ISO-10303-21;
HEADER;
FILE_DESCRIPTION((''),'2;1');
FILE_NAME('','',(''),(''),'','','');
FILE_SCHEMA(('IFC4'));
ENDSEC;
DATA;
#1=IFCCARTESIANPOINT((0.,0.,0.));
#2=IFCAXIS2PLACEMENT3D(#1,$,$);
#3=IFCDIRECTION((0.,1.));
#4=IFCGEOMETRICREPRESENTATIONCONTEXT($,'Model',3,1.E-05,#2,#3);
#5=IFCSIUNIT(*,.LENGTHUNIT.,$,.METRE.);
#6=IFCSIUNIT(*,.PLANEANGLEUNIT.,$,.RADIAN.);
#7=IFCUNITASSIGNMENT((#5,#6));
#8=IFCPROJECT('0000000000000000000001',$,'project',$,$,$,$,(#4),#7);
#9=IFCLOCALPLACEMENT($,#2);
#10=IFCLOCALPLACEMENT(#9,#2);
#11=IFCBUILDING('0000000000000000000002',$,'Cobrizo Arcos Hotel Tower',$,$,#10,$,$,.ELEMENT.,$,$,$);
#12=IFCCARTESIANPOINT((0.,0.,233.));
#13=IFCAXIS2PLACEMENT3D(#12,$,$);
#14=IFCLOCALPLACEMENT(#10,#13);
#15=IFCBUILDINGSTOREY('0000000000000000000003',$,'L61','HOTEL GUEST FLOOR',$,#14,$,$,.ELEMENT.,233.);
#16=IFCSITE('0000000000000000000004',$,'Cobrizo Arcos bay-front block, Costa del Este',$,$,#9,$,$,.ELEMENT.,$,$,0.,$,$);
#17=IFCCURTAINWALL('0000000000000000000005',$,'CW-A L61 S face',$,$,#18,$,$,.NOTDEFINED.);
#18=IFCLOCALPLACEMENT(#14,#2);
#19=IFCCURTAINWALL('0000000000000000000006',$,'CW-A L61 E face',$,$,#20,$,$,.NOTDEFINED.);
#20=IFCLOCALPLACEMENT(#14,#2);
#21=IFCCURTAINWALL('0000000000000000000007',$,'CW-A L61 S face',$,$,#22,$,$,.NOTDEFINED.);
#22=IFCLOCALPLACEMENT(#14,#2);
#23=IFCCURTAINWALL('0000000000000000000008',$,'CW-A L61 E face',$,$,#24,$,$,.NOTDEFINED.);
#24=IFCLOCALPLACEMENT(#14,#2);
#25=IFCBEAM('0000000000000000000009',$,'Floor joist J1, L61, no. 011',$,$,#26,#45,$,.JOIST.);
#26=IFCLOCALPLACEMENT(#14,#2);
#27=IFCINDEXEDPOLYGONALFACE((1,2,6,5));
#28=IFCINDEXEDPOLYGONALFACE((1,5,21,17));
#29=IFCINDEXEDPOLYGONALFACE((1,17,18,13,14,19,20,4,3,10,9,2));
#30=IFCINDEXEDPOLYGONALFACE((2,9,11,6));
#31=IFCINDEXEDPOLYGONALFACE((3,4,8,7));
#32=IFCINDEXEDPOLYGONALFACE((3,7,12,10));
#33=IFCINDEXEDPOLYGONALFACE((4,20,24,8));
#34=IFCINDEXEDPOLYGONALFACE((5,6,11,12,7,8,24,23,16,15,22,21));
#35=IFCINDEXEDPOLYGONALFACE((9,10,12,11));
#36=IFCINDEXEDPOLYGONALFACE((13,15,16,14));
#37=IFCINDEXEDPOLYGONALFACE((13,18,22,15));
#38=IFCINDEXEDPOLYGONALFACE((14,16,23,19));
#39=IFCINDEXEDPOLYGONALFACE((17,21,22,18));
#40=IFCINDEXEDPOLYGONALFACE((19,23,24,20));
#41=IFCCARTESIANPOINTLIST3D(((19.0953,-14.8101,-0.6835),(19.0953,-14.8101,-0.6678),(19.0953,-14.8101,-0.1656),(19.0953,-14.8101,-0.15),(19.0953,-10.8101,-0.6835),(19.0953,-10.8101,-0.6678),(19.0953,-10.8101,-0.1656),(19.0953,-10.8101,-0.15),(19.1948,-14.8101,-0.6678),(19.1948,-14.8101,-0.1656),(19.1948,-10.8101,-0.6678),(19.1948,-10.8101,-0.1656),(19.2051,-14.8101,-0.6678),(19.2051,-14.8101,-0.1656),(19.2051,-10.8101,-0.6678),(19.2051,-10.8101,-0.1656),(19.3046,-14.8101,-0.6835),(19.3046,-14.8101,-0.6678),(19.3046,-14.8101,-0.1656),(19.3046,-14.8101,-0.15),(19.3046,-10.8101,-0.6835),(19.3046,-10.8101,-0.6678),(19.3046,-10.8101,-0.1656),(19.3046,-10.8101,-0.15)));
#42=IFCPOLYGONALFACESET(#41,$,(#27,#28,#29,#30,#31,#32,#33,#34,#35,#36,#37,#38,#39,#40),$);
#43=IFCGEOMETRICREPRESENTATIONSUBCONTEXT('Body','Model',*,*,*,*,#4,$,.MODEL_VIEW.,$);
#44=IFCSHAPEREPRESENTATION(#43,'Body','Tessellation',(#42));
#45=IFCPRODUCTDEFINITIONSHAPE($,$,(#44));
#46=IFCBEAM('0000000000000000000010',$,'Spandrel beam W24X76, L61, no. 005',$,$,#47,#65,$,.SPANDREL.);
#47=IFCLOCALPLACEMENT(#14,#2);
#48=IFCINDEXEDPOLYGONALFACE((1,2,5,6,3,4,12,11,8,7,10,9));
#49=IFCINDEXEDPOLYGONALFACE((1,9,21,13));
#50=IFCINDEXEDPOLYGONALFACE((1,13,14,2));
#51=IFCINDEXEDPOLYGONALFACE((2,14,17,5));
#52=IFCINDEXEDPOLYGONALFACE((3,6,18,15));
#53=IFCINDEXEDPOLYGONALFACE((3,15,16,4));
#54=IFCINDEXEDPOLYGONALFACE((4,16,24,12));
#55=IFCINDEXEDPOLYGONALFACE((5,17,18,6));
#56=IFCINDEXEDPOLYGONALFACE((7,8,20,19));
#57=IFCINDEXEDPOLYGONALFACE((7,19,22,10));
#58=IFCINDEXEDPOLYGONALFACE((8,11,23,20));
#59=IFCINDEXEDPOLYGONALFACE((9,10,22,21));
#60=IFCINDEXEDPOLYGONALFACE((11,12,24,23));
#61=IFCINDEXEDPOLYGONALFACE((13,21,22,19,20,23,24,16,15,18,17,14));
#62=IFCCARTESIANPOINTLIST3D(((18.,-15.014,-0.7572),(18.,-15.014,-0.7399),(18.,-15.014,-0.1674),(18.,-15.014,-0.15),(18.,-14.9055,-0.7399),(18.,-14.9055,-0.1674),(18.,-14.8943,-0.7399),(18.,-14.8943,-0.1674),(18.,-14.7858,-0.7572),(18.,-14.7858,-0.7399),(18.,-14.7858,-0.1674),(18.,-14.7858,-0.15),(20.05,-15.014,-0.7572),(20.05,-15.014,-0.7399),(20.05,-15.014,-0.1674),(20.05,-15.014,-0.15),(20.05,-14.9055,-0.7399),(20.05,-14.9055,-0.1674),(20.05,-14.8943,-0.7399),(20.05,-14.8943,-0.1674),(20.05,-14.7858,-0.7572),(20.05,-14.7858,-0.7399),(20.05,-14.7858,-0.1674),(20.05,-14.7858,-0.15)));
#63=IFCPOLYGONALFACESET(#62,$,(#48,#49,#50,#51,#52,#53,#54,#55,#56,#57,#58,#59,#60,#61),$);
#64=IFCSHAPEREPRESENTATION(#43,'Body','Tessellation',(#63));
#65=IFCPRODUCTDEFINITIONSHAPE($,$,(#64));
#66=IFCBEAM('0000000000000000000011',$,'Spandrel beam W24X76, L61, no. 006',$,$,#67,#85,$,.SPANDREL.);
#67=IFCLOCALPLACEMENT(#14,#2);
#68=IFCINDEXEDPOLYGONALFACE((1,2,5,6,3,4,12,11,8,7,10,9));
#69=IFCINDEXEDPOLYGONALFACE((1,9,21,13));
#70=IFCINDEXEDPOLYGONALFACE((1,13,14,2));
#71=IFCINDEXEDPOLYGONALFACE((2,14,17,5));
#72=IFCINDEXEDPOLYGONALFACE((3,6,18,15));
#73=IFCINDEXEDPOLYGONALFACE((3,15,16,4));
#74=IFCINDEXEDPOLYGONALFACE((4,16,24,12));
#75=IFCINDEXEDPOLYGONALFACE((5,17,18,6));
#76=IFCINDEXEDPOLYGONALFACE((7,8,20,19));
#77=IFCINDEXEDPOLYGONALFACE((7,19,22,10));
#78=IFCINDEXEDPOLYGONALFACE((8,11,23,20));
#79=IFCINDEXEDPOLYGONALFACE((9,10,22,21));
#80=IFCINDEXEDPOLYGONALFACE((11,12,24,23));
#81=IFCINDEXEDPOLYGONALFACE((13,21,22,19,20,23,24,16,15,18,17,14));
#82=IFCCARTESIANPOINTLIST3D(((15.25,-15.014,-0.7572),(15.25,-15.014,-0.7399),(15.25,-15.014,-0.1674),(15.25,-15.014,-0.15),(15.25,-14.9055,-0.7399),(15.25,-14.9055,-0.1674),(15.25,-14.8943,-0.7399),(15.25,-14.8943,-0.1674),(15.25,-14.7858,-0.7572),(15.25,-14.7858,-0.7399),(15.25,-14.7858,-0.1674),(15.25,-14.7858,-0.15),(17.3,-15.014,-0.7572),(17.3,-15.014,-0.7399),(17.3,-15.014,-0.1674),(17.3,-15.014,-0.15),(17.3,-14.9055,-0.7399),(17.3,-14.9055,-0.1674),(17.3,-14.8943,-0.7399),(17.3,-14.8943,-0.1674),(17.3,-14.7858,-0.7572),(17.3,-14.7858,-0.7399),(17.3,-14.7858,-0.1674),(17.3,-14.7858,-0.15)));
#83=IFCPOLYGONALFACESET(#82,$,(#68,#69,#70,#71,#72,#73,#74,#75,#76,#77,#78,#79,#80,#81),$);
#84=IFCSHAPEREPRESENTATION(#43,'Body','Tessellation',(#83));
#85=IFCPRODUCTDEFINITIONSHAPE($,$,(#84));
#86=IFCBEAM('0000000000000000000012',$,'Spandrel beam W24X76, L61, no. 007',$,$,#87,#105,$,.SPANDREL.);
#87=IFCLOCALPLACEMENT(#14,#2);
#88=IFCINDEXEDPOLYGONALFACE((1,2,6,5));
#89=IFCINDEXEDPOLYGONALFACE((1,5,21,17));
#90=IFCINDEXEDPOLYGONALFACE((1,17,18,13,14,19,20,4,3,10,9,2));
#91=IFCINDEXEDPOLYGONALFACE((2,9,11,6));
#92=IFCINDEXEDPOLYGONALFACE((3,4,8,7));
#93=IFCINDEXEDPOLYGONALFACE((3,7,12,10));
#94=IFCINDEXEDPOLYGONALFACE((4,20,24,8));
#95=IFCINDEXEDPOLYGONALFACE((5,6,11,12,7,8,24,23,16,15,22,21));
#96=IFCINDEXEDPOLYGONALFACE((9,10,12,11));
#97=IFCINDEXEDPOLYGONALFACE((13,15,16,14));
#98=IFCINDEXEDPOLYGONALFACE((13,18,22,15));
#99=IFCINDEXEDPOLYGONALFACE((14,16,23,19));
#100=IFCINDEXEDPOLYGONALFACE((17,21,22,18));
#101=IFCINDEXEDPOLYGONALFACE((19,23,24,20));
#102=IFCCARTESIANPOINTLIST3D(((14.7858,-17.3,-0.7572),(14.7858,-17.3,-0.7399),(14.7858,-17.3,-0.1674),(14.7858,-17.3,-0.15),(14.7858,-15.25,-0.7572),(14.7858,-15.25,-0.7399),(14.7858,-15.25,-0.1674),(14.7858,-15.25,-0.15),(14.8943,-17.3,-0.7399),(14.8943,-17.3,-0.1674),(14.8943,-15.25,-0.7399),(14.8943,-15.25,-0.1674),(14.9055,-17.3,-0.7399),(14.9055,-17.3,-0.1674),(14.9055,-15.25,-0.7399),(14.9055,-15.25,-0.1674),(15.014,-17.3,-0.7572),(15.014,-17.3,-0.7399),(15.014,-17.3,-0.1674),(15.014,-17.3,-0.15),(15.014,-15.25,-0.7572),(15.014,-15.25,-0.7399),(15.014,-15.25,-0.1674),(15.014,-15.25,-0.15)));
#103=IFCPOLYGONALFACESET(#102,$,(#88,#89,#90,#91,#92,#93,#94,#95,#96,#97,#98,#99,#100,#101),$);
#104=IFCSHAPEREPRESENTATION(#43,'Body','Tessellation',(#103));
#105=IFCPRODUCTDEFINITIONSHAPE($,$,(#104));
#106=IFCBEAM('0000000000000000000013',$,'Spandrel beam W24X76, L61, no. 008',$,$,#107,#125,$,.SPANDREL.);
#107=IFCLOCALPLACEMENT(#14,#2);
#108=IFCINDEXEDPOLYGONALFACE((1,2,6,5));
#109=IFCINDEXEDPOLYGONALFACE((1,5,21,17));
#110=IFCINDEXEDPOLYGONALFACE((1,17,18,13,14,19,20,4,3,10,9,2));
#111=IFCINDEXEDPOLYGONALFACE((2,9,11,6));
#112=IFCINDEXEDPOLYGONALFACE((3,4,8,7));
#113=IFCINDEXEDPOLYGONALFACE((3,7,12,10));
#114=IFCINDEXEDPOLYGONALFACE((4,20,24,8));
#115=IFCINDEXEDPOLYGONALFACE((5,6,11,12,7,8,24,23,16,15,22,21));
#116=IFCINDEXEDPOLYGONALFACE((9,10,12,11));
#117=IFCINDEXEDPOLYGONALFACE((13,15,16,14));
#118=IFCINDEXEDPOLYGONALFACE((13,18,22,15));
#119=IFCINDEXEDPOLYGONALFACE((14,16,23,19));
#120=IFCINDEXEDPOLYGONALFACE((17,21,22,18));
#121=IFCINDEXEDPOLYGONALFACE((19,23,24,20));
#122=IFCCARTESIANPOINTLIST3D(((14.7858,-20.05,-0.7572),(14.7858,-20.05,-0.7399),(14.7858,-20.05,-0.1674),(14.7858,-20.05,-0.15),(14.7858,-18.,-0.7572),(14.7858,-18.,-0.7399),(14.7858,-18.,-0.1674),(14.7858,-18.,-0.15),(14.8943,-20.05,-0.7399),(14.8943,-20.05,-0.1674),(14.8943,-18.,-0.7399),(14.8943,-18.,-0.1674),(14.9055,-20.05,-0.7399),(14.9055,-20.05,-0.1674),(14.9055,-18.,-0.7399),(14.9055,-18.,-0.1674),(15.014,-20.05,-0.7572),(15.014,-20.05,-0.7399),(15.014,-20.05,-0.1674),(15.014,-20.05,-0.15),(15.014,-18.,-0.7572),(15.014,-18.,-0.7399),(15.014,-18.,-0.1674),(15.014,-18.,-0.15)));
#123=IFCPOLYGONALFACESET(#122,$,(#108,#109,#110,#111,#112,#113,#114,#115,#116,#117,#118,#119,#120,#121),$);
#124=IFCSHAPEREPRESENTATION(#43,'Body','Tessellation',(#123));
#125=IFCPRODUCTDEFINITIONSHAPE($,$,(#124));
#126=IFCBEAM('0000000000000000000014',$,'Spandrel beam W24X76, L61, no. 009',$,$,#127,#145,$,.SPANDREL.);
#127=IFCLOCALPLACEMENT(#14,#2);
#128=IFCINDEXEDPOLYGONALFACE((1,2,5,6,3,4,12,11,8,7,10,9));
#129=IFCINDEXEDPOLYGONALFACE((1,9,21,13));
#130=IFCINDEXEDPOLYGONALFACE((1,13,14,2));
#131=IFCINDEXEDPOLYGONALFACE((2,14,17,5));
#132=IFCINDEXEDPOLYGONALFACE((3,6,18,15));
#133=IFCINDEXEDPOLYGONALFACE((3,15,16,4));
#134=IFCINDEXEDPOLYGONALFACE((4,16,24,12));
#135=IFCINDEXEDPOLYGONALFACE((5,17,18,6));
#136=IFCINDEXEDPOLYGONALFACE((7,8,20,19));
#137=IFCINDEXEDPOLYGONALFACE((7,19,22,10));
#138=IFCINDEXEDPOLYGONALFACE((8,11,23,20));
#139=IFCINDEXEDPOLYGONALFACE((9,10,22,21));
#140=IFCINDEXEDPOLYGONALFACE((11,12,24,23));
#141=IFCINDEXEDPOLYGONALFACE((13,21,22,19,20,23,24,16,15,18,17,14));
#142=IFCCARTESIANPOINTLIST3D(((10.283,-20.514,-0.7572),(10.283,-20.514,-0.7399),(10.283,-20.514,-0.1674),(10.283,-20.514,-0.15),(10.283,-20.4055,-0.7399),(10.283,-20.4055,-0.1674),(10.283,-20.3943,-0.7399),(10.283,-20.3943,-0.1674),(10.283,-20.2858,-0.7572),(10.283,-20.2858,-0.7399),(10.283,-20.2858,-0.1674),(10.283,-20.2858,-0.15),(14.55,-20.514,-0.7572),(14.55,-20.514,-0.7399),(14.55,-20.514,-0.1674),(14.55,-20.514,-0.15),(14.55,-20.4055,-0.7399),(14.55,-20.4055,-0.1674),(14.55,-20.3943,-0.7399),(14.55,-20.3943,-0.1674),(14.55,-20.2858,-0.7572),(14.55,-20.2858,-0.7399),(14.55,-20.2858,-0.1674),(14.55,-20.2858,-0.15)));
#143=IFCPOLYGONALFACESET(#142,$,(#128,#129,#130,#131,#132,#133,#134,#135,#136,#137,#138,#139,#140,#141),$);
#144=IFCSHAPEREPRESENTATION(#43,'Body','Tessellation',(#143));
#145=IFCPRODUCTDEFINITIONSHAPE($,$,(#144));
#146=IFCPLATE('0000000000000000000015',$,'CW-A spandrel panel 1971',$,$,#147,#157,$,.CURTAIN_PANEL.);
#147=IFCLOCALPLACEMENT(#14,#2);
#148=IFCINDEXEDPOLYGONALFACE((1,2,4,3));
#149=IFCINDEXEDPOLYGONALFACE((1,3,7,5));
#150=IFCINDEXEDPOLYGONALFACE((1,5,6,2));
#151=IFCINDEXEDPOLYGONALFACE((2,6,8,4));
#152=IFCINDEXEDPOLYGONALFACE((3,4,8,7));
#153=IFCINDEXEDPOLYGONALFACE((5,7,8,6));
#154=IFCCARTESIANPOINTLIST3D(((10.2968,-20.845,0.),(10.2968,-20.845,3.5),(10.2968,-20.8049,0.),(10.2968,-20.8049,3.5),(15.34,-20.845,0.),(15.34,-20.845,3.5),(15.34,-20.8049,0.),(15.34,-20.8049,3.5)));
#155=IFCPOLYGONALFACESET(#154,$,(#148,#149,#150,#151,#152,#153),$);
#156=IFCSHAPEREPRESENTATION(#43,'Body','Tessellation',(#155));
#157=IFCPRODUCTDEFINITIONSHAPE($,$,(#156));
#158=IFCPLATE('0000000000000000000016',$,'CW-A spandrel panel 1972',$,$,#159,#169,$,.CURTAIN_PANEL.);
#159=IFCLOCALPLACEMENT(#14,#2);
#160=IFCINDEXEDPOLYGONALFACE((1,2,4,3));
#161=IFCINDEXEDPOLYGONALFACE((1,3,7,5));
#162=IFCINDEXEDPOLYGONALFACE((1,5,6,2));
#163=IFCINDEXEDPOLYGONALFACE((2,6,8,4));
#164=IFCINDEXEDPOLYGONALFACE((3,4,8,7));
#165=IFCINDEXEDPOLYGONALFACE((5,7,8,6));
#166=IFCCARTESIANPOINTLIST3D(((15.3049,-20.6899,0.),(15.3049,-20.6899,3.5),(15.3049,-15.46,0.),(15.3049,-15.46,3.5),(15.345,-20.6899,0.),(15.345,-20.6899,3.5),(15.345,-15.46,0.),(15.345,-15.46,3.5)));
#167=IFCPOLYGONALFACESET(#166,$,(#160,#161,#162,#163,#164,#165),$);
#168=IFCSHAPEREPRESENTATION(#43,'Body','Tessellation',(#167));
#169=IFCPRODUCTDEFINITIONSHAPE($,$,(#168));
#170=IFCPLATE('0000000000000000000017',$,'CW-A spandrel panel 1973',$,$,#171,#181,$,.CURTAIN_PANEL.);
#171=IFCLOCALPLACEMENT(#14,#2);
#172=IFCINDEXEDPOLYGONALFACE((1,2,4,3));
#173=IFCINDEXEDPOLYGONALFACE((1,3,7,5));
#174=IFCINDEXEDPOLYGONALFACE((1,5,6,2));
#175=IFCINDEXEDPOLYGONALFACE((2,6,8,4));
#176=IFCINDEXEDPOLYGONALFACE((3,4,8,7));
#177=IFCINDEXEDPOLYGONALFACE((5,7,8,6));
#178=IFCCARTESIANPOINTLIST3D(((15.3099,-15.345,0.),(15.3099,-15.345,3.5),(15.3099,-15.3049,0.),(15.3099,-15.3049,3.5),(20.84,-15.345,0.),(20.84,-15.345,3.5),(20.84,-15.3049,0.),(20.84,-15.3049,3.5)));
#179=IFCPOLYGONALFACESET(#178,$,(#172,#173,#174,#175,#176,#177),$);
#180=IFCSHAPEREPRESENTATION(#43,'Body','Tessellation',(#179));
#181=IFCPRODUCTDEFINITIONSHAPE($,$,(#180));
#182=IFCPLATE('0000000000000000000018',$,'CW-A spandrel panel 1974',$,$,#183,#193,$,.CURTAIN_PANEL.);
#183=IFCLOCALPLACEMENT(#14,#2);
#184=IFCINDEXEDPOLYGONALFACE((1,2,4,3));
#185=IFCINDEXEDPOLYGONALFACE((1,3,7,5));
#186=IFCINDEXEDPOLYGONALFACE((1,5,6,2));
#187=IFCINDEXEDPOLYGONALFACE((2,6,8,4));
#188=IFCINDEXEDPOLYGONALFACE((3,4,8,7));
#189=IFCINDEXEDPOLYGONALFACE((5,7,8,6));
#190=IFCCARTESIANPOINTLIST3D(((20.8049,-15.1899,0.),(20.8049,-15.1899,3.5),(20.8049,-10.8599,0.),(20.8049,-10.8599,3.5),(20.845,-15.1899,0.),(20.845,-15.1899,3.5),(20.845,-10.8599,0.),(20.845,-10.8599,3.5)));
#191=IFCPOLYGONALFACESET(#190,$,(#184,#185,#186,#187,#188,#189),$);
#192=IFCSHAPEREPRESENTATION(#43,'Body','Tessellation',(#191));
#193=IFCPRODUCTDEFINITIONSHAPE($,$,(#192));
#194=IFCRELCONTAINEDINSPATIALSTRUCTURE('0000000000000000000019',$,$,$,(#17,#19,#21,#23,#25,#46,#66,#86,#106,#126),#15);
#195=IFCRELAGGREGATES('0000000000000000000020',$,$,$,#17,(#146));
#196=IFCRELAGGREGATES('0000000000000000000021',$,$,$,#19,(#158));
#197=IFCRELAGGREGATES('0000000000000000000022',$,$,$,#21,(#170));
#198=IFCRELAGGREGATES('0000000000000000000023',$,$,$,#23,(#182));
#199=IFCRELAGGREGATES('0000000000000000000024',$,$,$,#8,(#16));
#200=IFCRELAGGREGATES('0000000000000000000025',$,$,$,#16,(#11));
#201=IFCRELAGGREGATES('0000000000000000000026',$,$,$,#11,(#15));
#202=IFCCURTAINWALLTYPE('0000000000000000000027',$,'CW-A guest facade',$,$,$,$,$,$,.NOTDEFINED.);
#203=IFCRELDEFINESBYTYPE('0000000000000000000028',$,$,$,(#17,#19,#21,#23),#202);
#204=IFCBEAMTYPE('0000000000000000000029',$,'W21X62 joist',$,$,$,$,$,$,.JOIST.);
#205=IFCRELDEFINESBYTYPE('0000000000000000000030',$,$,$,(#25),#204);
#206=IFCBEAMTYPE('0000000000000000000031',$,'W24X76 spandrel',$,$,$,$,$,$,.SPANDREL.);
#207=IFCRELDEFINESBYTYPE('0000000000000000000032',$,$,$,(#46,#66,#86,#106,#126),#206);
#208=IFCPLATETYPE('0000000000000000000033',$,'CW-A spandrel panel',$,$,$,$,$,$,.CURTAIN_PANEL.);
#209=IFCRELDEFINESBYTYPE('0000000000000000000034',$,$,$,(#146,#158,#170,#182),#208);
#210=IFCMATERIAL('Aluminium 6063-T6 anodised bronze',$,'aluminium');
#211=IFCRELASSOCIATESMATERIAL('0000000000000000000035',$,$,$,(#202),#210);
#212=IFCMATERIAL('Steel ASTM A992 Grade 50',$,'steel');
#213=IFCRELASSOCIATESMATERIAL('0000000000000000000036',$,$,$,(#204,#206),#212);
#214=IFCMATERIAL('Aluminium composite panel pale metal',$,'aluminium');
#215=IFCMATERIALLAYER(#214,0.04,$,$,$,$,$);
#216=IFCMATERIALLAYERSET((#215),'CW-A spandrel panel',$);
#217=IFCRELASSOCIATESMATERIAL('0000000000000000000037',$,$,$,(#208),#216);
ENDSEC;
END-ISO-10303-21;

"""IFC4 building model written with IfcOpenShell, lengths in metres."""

from ifc_helpers import new_model, si_unit, direction, frame, origin, origin_2d, place, context, subcontext, project, spatial, rectangle, i_section, extrude, material, layer, layer_set, material_profile, profile_set, type_object, element, aggregate, save


model = new_model("IFC4")

# Units and contexts
model_context = context("Model", 3, precision=1e-05, world=origin(), true_north=direction((0.0, 1.0)))
body_context = subcontext(model_context, "Body", "Model", "MODEL_VIEW")
ifc_project = project(units=[si_unit("LENGTHUNIT", "METRE"), si_unit("PLANEANGLEUNIT", "RADIAN")], contexts=[model_context])

# Site, building, storey
site_placement = place(None, origin())
site = spatial("IfcSite", under=ifc_project, at=site_placement, Name="Cobrizo Arcos bay-front block, Costa del Este", CompositionType="ELEMENT", RefElevation=0.0)
building_placement = place(site_placement, origin())
building = spatial("IfcBuilding", under=site, at=building_placement, Name="Cobrizo Arcos Hotel Tower", CompositionType="ELEMENT")
storey_placement = place(building_placement, frame((0.0, 0.0, 233.0)))
storey = spatial("IfcBuildingStorey", under=building, at=storey_placement, Name="L61", Description="HOTEL GUEST FLOOR", CompositionType="ELEMENT", Elevation=233.0)

# Curtain wall
ifc_material_1 = material(Name="Aluminium 6063-T6 anodised bronze", Category="aluminium")
curtain_wall_type = type_object("IfcCurtainWallType", Name="CW-A guest facade", PredefinedType="NOTDEFINED", material=ifc_material_1)
curtain_wall_1_placement = place(storey_placement, origin())
curtain_wall_1 = element("IfcCurtainWall", 1, at=curtain_wall_1_placement, inside=storey, type_object=curtain_wall_type, Name="CW-A L61 S face", PredefinedType="NOTDEFINED")

# Curtain walls
curtain_wall_2_placement = place(storey_placement, origin())
curtain_wall_2 = element("IfcCurtainWall", 2, at=curtain_wall_2_placement, inside=storey, type_object=curtain_wall_type, Name="CW-A L61 E face", PredefinedType="NOTDEFINED")
curtain_wall_3_placement = place(storey_placement, origin())
curtain_wall_3 = element("IfcCurtainWall", 3, at=curtain_wall_3_placement, inside=storey, type_object=curtain_wall_type, Name="CW-A L61 S face", PredefinedType="NOTDEFINED")

# Curtain wall
curtain_wall_4_placement = place(storey_placement, origin())
curtain_wall_4 = element("IfcCurtainWall", 4, at=curtain_wall_4_placement, inside=storey, type_object=curtain_wall_type, Name="CW-A L61 E face", PredefinedType="NOTDEFINED")

# Beams
ifc_material_2 = material(Name="Steel ASTM A992 Grade 50", Category="steel")
ifc_material_profile_1 = material_profile(ifc_material_2, i_section(OverallWidth=0.2092, OverallDepth=0.5334, WebThickness=0.0103, FlangeThickness=0.0156, at=origin_2d()), Name="W21X62")
ifc_profile_set_1 = profile_set([ifc_material_profile_1], Name="Steel ASTM A992 Grade 50")
beam_type_1 = type_object("IfcBeamType", Name="W21X62 joist", PredefinedType="JOIST", material=ifc_profile_set_1)
beam_1_placement = place(storey_placement, frame((19.2, -14.8101, -0.4167), z_axis=(0.0, 1.0, 0.0), x_axis=(-1.0, 0.0, 0.0)))
element("IfcBeam", 5, at=beam_1_placement, inside=storey, type_object=beam_type_1, Name="Floor joist J1, L61, no. 011", PredefinedType="JOIST", context=body_context, shape_type="SweptSolid", body=[
    extrude(i_section(OverallWidth=0.2092, OverallDepth=0.5334, WebThickness=0.0103, FlangeThickness=0.0156, at=origin_2d()), origin(), (0.0, 0.0, 1.0), 4.0),
])
ifc_material_profile_2 = material_profile(ifc_material_2, i_section(OverallWidth=0.2283, OverallDepth=0.6072, WebThickness=0.0112, FlangeThickness=0.0173, at=origin_2d()), Name="W24X76")
ifc_profile_set_2 = profile_set([ifc_material_profile_2], Name="Steel ASTM A992 Grade 50")
beam_type_2 = type_object("IfcBeamType", Name="W24X76 spandrel", PredefinedType="SPANDREL", material=ifc_profile_set_2)
for number, where, z_axis, x_axis, name in (
    (6, (20.05, -14.8999, -0.4536), (-1.0, 0.0, 0.0), (0.0, -1.0, 0.0), "Spandrel beam W24X76, L61, no. 005"),
    (7, (17.3, -14.8999, -0.4536), (-1.0, 0.0, 0.0), (0.0, -1.0, 0.0), "Spandrel beam W24X76, L61, no. 006"),
    (8, (14.8999, -15.25, -0.4536), (0.0, -1.0, 0.0), (1.0, 0.0, 0.0), "Spandrel beam W24X76, L61, no. 007"),
    (9, (14.8999, -18.0, -0.4536), (0.0, -1.0, 0.0), (1.0, 0.0, 0.0), "Spandrel beam W24X76, L61, no. 008"),
):
    element("IfcBeam", number, at=place(storey_placement, frame(where, z_axis=z_axis, x_axis=x_axis)), inside=storey, type_object=beam_type_2, Name=name, PredefinedType="SPANDREL", context=body_context, shape_type="SweptSolid", body=[
        extrude(i_section(OverallWidth=0.2283, OverallDepth=0.6072, WebThickness=0.0112, FlangeThickness=0.0173, at=origin_2d()), origin(), (0.0, 0.0, 1.0), 2.05),
    ])
beam_2_placement = place(storey_placement, frame((14.55, -20.3999, -0.4536), z_axis=(-1.0, 0.0, 0.0), x_axis=(0.0, -1.0, 0.0)))
element("IfcBeam", 10, at=beam_2_placement, inside=storey, type_object=beam_type_2, Name="Spandrel beam W24X76, L61, no. 009", PredefinedType="SPANDREL", context=body_context, shape_type="SweptSolid", body=[
    extrude(i_section(OverallWidth=0.2283, OverallDepth=0.6072, WebThickness=0.0112, FlangeThickness=0.0173, at=origin_2d()), origin(), (0.0, 0.0, 1.0), 4.2671),
])

# Plates
ifc_material_3 = material(Name="Aluminium composite panel pale metal", Category="aluminium")
ifc_layer = layer(ifc_material_3, 0.04)
ifc_layer_set = layer_set([ifc_layer], Name="CW-A spandrel panel")
plate_type = type_object("IfcPlateType", Name="CW-A spandrel panel", PredefinedType="CURTAIN_PANEL", material=ifc_layer_set)
plate_1_placement = place(storey_placement, frame((12.8184, -20.825, 0.0), z_axis=(0.0, 0.0, 1.0), x_axis=(1.0, 0.0, 0.0)))
plate_1 = element("IfcPlate", 11, at=plate_1_placement, type_object=plate_type, Name="CW-A spandrel panel 1971", PredefinedType="CURTAIN_PANEL", context=body_context, shape_type="SweptSolid", body=[
    extrude(rectangle(XDim=5.0432, YDim=0.04, at=origin_2d()), origin(), (0.0, 0.0, 1.0), 3.5),
])
aggregate(curtain_wall_1, [plate_1])
plate_2_placement = place(storey_placement, frame((15.325, -18.075, 0.0), z_axis=(0.0, 0.0, 1.0), x_axis=(0.0, 1.0, 0.0)))
plate_2 = element("IfcPlate", 12, at=plate_2_placement, type_object=plate_type, Name="CW-A spandrel panel 1972", PredefinedType="CURTAIN_PANEL", context=body_context, shape_type="SweptSolid", body=[
    extrude(rectangle(XDim=5.23, YDim=0.04, at=origin_2d()), origin(), (0.0, 0.0, 1.0), 3.5),
])
aggregate(curtain_wall_2, [plate_2])
plate_3_placement = place(storey_placement, frame((18.075, -15.325, 0.0), z_axis=(0.0, 0.0, 1.0), x_axis=(1.0, 0.0, 0.0)))
plate_3 = element("IfcPlate", 13, at=plate_3_placement, type_object=plate_type, Name="CW-A spandrel panel 1973", PredefinedType="CURTAIN_PANEL", context=body_context, shape_type="SweptSolid", body=[
    extrude(rectangle(XDim=5.53, YDim=0.04, at=origin_2d()), origin(), (0.0, 0.0, 1.0), 3.5),
])
aggregate(curtain_wall_3, [plate_3])
plate_4_placement = place(storey_placement, frame((20.825, -13.0249, 0.0), z_axis=(0.0, 0.0, 1.0), x_axis=(0.0, 1.0, 0.0)))
plate_4 = element("IfcPlate", 14, at=plate_4_placement, type_object=plate_type, Name="CW-A spandrel panel 1974", PredefinedType="CURTAIN_PANEL", context=body_context, shape_type="SweptSolid", body=[
    extrude(rectangle(XDim=4.3301, YDim=0.04, at=origin_2d()), origin(), (0.0, 0.0, 1.0), 3.5),
])
aggregate(curtain_wall_4, [plate_4])

save(model, "model.ifc")
